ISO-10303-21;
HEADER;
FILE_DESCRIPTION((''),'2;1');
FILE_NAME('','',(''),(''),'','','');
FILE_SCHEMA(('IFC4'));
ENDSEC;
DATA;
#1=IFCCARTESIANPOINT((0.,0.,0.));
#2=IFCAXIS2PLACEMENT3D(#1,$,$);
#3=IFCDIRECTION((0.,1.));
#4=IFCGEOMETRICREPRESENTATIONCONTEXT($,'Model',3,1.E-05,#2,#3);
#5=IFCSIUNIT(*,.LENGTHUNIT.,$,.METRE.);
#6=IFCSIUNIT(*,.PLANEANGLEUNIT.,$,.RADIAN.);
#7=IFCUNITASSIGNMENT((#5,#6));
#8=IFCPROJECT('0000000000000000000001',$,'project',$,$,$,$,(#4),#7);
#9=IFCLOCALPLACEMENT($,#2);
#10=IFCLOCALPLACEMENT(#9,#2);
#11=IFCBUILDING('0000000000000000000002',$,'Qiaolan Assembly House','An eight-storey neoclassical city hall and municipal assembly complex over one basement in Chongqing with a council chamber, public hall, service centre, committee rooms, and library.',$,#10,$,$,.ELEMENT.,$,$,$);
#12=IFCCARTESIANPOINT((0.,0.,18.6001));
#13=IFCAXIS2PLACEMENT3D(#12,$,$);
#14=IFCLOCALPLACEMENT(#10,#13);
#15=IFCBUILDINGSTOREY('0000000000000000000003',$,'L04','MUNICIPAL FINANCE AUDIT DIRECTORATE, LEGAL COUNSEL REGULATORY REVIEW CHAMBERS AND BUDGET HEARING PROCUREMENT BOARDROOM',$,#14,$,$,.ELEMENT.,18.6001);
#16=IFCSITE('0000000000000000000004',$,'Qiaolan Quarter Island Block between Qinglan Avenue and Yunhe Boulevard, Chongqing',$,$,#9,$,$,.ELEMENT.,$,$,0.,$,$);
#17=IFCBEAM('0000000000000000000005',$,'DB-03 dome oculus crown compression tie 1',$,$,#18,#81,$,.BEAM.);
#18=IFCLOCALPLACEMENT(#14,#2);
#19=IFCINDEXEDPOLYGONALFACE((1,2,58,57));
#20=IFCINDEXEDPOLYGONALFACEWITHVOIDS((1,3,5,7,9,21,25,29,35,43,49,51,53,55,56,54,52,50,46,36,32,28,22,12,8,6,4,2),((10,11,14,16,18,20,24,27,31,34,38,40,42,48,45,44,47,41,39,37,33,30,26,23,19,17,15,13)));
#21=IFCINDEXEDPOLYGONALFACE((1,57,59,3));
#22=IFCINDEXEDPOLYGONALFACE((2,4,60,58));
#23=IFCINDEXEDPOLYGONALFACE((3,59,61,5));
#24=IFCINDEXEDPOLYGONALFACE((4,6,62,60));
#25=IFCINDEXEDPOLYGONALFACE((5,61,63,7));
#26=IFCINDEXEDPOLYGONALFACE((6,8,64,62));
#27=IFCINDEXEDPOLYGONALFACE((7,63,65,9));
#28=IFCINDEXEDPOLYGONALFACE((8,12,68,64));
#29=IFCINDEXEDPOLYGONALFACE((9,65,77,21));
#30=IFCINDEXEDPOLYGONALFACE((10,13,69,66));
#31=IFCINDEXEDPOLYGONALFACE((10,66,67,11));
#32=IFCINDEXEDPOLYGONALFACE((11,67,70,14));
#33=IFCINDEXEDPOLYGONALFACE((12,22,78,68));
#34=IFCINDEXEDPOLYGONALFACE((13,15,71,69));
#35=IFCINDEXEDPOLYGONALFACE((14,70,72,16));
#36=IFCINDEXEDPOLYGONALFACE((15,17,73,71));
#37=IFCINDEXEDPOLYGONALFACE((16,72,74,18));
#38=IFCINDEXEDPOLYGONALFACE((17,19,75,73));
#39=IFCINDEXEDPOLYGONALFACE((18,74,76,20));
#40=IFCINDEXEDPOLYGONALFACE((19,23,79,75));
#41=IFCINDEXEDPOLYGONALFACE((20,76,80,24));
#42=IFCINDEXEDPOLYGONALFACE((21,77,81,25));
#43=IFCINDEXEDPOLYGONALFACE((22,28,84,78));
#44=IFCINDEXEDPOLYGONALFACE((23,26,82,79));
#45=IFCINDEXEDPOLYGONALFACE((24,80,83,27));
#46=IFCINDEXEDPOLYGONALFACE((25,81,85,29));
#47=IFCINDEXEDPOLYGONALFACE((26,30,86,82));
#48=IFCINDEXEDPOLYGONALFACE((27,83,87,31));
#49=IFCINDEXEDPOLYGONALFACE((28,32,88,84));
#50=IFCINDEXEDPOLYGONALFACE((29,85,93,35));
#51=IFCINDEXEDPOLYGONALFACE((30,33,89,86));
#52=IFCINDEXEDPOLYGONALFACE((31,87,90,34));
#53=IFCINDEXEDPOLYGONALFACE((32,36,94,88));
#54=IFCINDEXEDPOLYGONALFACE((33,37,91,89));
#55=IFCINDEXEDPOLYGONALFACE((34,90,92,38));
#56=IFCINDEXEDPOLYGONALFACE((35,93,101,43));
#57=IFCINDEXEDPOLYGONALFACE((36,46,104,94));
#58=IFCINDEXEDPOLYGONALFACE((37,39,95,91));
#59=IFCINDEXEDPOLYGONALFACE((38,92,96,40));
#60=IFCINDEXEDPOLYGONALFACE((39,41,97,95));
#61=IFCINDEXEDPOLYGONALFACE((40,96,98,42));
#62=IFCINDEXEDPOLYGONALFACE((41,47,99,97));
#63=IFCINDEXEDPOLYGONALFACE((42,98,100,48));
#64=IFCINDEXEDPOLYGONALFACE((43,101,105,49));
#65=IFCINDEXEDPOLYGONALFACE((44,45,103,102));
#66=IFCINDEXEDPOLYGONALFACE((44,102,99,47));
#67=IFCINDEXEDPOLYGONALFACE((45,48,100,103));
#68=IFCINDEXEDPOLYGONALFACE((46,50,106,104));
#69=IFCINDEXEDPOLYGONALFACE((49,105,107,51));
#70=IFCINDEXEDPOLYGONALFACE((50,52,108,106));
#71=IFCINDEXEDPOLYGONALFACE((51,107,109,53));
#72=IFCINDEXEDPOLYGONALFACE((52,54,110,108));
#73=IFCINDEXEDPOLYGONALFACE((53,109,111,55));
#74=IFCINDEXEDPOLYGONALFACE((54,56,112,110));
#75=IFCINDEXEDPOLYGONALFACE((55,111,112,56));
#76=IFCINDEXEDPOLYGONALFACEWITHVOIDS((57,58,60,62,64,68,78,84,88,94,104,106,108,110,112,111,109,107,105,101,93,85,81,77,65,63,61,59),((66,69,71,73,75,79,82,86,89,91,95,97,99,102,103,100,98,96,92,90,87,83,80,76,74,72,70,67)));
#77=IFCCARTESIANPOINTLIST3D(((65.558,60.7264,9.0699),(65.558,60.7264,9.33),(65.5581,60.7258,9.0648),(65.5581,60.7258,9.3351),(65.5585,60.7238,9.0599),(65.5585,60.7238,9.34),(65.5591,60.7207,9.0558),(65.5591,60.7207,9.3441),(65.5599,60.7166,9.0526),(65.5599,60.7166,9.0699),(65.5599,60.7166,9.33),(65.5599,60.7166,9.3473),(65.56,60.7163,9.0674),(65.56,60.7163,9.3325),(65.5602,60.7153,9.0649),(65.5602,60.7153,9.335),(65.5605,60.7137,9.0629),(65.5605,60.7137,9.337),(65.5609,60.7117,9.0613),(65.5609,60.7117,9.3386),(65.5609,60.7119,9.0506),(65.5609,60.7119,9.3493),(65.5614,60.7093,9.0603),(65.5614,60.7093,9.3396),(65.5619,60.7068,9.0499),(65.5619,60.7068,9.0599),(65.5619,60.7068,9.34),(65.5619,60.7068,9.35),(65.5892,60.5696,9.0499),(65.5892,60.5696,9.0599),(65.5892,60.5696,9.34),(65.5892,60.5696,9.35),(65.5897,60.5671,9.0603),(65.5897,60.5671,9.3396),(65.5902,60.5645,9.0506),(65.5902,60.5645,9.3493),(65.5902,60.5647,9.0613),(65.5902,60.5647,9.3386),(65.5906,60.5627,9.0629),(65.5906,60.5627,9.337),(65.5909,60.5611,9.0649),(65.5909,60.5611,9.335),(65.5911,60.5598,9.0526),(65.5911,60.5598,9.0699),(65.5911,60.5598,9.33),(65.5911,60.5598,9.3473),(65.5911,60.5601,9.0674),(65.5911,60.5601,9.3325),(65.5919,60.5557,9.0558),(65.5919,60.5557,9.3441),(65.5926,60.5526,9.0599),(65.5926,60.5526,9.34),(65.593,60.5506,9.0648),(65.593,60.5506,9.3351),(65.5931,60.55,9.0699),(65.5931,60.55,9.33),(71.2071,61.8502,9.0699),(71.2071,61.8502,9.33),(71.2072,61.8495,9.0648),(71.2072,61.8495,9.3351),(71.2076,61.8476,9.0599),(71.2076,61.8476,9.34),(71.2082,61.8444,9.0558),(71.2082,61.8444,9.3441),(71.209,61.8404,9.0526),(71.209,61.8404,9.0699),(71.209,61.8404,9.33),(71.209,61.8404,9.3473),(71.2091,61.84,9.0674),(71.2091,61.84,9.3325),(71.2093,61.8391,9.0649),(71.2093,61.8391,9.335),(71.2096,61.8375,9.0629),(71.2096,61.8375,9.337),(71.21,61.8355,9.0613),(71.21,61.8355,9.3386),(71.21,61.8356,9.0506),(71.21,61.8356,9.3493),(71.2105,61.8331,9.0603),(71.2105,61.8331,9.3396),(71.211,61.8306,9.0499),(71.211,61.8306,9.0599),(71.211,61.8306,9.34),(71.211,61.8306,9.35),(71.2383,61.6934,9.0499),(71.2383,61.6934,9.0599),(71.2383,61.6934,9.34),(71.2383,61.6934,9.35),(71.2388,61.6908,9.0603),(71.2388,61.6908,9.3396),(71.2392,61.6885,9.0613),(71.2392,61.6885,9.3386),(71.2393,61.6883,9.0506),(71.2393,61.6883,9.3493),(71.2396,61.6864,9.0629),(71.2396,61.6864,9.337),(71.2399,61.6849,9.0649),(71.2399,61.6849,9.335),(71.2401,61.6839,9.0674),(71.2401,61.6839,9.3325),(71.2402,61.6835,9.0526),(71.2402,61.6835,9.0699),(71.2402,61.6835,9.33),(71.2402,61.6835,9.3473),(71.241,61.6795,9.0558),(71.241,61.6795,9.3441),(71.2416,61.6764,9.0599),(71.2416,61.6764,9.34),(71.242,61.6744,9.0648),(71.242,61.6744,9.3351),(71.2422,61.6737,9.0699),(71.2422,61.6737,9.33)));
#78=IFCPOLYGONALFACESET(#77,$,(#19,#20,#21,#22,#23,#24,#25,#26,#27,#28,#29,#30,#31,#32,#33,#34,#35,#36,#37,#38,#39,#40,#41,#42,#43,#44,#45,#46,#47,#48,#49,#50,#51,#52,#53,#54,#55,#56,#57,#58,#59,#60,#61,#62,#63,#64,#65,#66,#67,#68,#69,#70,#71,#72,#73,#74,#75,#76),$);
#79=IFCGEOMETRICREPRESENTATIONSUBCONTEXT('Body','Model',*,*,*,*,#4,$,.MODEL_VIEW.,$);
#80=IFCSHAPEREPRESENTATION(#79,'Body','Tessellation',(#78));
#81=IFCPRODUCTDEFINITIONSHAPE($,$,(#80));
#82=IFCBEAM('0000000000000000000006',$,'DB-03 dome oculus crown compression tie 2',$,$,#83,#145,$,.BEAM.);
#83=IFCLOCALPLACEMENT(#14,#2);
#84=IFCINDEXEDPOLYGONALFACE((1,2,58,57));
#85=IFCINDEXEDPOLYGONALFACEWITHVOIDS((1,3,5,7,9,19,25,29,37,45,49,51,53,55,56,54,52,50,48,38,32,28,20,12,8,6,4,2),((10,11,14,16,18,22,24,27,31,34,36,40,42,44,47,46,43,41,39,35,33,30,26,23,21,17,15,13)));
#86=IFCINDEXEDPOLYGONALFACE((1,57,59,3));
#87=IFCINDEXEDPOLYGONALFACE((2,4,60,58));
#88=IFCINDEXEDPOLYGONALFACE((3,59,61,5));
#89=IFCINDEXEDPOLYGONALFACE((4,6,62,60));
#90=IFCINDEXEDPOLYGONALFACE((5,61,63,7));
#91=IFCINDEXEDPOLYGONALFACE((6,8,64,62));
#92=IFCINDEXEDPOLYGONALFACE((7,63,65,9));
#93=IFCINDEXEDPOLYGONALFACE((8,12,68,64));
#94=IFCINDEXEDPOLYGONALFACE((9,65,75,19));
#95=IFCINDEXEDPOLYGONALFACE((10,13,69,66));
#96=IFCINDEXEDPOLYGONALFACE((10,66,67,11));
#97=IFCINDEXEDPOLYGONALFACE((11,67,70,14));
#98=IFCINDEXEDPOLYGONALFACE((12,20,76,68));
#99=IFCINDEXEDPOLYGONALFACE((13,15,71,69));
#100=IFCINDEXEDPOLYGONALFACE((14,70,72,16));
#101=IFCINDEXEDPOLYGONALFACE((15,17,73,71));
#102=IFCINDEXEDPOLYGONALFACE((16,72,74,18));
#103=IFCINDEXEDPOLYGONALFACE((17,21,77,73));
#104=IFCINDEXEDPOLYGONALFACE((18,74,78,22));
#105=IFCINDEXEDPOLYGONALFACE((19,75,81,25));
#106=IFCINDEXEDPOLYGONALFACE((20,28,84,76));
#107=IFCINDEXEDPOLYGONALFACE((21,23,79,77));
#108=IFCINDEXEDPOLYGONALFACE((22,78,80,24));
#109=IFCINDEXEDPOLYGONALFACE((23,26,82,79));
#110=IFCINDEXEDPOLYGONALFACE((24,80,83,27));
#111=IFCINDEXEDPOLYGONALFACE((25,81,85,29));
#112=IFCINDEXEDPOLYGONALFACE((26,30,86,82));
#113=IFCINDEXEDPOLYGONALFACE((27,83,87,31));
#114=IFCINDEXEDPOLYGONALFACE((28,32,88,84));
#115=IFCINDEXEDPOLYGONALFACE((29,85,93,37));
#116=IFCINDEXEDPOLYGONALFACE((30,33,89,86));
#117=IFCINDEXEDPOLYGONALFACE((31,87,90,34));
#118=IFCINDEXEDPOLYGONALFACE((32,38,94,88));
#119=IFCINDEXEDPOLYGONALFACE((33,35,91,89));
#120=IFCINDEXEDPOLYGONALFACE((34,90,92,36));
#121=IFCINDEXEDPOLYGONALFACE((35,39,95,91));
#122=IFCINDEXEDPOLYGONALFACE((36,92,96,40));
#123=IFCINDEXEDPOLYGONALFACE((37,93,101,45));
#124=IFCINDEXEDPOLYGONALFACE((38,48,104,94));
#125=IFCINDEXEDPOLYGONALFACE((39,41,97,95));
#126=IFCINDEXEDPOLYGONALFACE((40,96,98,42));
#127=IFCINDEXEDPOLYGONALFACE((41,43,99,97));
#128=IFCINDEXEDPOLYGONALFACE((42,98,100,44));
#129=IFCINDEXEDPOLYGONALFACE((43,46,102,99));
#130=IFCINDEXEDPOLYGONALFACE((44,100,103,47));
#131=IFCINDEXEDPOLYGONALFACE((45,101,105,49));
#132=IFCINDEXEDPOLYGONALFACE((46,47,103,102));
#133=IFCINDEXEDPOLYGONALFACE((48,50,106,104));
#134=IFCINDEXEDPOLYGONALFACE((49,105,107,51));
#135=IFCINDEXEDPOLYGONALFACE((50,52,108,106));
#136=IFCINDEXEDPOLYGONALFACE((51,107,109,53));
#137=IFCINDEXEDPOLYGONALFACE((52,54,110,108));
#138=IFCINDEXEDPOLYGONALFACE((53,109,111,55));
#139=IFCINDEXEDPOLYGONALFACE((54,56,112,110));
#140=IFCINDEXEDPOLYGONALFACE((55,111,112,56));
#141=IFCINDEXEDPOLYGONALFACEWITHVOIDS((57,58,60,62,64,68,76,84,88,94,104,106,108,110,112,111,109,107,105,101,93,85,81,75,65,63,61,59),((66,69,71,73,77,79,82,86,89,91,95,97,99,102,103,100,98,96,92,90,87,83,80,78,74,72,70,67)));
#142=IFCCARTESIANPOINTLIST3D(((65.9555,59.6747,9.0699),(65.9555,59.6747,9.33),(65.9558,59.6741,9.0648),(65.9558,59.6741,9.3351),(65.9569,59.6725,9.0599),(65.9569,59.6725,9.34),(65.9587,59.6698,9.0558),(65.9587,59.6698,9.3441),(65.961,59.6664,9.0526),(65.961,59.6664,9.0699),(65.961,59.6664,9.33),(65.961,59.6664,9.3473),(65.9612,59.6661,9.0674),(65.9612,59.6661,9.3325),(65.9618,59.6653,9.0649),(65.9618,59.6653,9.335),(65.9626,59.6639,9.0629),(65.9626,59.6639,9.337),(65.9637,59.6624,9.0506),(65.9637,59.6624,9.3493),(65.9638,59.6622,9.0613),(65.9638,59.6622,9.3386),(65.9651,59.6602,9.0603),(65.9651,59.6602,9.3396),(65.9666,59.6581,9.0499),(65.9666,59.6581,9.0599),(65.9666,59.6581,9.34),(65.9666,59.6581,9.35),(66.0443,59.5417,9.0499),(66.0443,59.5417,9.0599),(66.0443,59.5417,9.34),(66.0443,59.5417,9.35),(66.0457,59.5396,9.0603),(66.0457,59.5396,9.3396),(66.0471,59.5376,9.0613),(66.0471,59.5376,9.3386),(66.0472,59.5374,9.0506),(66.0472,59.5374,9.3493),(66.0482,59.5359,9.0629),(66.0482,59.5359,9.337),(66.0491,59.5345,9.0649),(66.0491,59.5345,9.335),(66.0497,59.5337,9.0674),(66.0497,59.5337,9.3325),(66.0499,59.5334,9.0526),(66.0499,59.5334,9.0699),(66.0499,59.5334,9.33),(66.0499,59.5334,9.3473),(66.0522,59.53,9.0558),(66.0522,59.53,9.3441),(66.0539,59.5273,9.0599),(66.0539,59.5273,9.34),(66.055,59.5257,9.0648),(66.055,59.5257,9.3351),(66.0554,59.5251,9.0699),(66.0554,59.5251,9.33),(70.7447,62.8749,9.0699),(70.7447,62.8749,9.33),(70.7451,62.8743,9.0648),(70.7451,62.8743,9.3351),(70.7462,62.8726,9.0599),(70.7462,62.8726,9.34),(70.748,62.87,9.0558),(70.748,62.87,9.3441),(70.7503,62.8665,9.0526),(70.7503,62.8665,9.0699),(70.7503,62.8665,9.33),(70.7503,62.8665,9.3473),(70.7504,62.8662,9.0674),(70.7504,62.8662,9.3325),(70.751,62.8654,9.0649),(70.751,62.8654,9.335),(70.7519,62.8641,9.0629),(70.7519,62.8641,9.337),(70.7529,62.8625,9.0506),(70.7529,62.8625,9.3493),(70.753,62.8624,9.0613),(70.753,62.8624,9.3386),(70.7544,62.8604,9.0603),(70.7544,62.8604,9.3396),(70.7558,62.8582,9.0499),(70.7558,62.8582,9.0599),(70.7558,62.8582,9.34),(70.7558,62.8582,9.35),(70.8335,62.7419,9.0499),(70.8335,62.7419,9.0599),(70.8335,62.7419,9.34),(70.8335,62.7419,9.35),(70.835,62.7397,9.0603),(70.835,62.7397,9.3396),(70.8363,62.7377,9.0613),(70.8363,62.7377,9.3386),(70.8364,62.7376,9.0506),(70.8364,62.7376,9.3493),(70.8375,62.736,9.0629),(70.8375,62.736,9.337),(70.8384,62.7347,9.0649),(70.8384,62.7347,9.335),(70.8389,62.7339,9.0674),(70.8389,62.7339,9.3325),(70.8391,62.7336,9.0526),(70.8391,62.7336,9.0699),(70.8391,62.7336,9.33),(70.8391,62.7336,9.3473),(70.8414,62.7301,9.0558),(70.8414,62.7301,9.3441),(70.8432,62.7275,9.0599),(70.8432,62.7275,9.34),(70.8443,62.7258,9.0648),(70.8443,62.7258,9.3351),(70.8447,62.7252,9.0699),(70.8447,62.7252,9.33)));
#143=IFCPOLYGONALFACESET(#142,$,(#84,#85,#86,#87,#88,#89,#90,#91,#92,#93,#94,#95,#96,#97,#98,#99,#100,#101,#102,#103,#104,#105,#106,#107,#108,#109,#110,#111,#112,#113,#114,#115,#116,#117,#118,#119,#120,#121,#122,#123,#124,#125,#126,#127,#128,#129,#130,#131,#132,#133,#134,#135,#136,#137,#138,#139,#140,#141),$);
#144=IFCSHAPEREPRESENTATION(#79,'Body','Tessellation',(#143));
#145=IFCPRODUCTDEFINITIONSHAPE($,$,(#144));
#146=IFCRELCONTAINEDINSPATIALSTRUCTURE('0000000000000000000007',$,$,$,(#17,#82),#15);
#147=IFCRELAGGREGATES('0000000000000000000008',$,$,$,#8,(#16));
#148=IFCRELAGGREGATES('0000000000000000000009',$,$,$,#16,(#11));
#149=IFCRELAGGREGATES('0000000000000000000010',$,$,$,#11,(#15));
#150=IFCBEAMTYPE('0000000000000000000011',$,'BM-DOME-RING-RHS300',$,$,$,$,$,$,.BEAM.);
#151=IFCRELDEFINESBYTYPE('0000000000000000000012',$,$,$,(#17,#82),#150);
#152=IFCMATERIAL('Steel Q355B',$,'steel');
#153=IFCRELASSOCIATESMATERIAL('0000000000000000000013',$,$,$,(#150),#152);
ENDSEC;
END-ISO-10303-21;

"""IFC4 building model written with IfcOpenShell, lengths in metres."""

from ifc_helpers import new_model, si_unit, direction, frame, origin, origin_2d, place, context, subcontext, project, spatial, hollow_rectangle, extrude, material, material_profile, profile_set, type_object, element, save


model = new_model("IFC4")

# Units and contexts
model_context = context("Model", 3, precision=1e-05, world=origin(), true_north=direction((0.0, 1.0)))
body_context = subcontext(model_context, "Body", "Model", "MODEL_VIEW")
ifc_project = project(units=[si_unit("LENGTHUNIT", "METRE"), si_unit("PLANEANGLEUNIT", "RADIAN")], contexts=[model_context])

# Site, building, storey
site_placement = place(None, origin())
site = spatial("IfcSite", under=ifc_project, at=site_placement, Name="Qiaolan Quarter Island Block between Qinglan Avenue and Yunhe Boulevard, Chongqing", CompositionType="ELEMENT", RefElevation=0.0)
building_placement = place(site_placement, origin())
building = spatial("IfcBuilding", under=site, at=building_placement, Name="Qiaolan Assembly House", Description="An eight-storey neoclassical city hall and municipal assembly complex over one basement in Chongqing with a council chamber, public hall, service centre, committee rooms, and library.", CompositionType="ELEMENT")
storey_placement = place(building_placement, frame((0.0, 0.0, 18.6001)))
storey = spatial("IfcBuildingStorey", under=building, at=storey_placement, Name="L04", Description="MUNICIPAL FINANCE AUDIT DIRECTORATE, LEGAL COUNSEL REGULATORY REVIEW CHAMBERS AND BUDGET HEARING PROCUREMENT BOARDROOM", CompositionType="ELEMENT", Elevation=18.6001)

# Beams
ifc_material_1 = material(Name="Steel Q355B", Category="steel")
ifc_material_profile = material_profile(ifc_material_1, hollow_rectangle(XDim=0.1799, YDim=0.3, WallThickness=0.01, InnerFilletRadius=0.01, OuterFilletRadius=0.02, at=origin_2d()), Name="RHS 300x180x10")
ifc_profile_set = profile_set([ifc_material_profile], Name="Steel Q355B")
beam_type = type_object("IfcBeamType", Name="BM-DOME-RING-RHS300", PredefinedType="BEAM", material=ifc_profile_set)
beam_1_placement = place(storey_placement, frame((71.2246, 61.762, 9.2), z_axis=(-0.980782, -0.195105, 0.0), x_axis=(0.195105, -0.980782, 0.0)))
element("IfcBeam", 1, at=beam_1_placement, inside=storey, type_object=beam_type, Name="DB-03 dome oculus crown compression tie 1", PredefinedType="BEAM", context=body_context, shape_type="SweptSolid", body=[
    extrude(hollow_rectangle(XDim=0.1799, YDim=0.3, WallThickness=0.01, InnerFilletRadius=0.01, OuterFilletRadius=0.02, at=origin_2d()), origin(), (0.0, 0.0, 1.0), 5.7598),
])
for number, where, z_axis, x_axis, name in (
    (2, (70.7947, 62.8, 9.2), (-0.831463, -0.55558, 0.0), (0.55558, -0.831463, 0.0), "DB-03 dome oculus crown compression tie 2"),
):
    element("IfcBeam", number, at=place(storey_placement, frame(where, z_axis=z_axis, x_axis=x_axis)), inside=storey, type_object=beam_type, Name=name, PredefinedType="BEAM", context=body_context, shape_type="SweptSolid", body=[
        extrude(hollow_rectangle(XDim=0.1799, YDim=0.3, WallThickness=0.01, InnerFilletRadius=0.01, OuterFilletRadius=0.02, at=origin_2d()), origin(), (0.0, 0.0, 1.0), 5.76),
    ])

save(model, "model.ifc")
